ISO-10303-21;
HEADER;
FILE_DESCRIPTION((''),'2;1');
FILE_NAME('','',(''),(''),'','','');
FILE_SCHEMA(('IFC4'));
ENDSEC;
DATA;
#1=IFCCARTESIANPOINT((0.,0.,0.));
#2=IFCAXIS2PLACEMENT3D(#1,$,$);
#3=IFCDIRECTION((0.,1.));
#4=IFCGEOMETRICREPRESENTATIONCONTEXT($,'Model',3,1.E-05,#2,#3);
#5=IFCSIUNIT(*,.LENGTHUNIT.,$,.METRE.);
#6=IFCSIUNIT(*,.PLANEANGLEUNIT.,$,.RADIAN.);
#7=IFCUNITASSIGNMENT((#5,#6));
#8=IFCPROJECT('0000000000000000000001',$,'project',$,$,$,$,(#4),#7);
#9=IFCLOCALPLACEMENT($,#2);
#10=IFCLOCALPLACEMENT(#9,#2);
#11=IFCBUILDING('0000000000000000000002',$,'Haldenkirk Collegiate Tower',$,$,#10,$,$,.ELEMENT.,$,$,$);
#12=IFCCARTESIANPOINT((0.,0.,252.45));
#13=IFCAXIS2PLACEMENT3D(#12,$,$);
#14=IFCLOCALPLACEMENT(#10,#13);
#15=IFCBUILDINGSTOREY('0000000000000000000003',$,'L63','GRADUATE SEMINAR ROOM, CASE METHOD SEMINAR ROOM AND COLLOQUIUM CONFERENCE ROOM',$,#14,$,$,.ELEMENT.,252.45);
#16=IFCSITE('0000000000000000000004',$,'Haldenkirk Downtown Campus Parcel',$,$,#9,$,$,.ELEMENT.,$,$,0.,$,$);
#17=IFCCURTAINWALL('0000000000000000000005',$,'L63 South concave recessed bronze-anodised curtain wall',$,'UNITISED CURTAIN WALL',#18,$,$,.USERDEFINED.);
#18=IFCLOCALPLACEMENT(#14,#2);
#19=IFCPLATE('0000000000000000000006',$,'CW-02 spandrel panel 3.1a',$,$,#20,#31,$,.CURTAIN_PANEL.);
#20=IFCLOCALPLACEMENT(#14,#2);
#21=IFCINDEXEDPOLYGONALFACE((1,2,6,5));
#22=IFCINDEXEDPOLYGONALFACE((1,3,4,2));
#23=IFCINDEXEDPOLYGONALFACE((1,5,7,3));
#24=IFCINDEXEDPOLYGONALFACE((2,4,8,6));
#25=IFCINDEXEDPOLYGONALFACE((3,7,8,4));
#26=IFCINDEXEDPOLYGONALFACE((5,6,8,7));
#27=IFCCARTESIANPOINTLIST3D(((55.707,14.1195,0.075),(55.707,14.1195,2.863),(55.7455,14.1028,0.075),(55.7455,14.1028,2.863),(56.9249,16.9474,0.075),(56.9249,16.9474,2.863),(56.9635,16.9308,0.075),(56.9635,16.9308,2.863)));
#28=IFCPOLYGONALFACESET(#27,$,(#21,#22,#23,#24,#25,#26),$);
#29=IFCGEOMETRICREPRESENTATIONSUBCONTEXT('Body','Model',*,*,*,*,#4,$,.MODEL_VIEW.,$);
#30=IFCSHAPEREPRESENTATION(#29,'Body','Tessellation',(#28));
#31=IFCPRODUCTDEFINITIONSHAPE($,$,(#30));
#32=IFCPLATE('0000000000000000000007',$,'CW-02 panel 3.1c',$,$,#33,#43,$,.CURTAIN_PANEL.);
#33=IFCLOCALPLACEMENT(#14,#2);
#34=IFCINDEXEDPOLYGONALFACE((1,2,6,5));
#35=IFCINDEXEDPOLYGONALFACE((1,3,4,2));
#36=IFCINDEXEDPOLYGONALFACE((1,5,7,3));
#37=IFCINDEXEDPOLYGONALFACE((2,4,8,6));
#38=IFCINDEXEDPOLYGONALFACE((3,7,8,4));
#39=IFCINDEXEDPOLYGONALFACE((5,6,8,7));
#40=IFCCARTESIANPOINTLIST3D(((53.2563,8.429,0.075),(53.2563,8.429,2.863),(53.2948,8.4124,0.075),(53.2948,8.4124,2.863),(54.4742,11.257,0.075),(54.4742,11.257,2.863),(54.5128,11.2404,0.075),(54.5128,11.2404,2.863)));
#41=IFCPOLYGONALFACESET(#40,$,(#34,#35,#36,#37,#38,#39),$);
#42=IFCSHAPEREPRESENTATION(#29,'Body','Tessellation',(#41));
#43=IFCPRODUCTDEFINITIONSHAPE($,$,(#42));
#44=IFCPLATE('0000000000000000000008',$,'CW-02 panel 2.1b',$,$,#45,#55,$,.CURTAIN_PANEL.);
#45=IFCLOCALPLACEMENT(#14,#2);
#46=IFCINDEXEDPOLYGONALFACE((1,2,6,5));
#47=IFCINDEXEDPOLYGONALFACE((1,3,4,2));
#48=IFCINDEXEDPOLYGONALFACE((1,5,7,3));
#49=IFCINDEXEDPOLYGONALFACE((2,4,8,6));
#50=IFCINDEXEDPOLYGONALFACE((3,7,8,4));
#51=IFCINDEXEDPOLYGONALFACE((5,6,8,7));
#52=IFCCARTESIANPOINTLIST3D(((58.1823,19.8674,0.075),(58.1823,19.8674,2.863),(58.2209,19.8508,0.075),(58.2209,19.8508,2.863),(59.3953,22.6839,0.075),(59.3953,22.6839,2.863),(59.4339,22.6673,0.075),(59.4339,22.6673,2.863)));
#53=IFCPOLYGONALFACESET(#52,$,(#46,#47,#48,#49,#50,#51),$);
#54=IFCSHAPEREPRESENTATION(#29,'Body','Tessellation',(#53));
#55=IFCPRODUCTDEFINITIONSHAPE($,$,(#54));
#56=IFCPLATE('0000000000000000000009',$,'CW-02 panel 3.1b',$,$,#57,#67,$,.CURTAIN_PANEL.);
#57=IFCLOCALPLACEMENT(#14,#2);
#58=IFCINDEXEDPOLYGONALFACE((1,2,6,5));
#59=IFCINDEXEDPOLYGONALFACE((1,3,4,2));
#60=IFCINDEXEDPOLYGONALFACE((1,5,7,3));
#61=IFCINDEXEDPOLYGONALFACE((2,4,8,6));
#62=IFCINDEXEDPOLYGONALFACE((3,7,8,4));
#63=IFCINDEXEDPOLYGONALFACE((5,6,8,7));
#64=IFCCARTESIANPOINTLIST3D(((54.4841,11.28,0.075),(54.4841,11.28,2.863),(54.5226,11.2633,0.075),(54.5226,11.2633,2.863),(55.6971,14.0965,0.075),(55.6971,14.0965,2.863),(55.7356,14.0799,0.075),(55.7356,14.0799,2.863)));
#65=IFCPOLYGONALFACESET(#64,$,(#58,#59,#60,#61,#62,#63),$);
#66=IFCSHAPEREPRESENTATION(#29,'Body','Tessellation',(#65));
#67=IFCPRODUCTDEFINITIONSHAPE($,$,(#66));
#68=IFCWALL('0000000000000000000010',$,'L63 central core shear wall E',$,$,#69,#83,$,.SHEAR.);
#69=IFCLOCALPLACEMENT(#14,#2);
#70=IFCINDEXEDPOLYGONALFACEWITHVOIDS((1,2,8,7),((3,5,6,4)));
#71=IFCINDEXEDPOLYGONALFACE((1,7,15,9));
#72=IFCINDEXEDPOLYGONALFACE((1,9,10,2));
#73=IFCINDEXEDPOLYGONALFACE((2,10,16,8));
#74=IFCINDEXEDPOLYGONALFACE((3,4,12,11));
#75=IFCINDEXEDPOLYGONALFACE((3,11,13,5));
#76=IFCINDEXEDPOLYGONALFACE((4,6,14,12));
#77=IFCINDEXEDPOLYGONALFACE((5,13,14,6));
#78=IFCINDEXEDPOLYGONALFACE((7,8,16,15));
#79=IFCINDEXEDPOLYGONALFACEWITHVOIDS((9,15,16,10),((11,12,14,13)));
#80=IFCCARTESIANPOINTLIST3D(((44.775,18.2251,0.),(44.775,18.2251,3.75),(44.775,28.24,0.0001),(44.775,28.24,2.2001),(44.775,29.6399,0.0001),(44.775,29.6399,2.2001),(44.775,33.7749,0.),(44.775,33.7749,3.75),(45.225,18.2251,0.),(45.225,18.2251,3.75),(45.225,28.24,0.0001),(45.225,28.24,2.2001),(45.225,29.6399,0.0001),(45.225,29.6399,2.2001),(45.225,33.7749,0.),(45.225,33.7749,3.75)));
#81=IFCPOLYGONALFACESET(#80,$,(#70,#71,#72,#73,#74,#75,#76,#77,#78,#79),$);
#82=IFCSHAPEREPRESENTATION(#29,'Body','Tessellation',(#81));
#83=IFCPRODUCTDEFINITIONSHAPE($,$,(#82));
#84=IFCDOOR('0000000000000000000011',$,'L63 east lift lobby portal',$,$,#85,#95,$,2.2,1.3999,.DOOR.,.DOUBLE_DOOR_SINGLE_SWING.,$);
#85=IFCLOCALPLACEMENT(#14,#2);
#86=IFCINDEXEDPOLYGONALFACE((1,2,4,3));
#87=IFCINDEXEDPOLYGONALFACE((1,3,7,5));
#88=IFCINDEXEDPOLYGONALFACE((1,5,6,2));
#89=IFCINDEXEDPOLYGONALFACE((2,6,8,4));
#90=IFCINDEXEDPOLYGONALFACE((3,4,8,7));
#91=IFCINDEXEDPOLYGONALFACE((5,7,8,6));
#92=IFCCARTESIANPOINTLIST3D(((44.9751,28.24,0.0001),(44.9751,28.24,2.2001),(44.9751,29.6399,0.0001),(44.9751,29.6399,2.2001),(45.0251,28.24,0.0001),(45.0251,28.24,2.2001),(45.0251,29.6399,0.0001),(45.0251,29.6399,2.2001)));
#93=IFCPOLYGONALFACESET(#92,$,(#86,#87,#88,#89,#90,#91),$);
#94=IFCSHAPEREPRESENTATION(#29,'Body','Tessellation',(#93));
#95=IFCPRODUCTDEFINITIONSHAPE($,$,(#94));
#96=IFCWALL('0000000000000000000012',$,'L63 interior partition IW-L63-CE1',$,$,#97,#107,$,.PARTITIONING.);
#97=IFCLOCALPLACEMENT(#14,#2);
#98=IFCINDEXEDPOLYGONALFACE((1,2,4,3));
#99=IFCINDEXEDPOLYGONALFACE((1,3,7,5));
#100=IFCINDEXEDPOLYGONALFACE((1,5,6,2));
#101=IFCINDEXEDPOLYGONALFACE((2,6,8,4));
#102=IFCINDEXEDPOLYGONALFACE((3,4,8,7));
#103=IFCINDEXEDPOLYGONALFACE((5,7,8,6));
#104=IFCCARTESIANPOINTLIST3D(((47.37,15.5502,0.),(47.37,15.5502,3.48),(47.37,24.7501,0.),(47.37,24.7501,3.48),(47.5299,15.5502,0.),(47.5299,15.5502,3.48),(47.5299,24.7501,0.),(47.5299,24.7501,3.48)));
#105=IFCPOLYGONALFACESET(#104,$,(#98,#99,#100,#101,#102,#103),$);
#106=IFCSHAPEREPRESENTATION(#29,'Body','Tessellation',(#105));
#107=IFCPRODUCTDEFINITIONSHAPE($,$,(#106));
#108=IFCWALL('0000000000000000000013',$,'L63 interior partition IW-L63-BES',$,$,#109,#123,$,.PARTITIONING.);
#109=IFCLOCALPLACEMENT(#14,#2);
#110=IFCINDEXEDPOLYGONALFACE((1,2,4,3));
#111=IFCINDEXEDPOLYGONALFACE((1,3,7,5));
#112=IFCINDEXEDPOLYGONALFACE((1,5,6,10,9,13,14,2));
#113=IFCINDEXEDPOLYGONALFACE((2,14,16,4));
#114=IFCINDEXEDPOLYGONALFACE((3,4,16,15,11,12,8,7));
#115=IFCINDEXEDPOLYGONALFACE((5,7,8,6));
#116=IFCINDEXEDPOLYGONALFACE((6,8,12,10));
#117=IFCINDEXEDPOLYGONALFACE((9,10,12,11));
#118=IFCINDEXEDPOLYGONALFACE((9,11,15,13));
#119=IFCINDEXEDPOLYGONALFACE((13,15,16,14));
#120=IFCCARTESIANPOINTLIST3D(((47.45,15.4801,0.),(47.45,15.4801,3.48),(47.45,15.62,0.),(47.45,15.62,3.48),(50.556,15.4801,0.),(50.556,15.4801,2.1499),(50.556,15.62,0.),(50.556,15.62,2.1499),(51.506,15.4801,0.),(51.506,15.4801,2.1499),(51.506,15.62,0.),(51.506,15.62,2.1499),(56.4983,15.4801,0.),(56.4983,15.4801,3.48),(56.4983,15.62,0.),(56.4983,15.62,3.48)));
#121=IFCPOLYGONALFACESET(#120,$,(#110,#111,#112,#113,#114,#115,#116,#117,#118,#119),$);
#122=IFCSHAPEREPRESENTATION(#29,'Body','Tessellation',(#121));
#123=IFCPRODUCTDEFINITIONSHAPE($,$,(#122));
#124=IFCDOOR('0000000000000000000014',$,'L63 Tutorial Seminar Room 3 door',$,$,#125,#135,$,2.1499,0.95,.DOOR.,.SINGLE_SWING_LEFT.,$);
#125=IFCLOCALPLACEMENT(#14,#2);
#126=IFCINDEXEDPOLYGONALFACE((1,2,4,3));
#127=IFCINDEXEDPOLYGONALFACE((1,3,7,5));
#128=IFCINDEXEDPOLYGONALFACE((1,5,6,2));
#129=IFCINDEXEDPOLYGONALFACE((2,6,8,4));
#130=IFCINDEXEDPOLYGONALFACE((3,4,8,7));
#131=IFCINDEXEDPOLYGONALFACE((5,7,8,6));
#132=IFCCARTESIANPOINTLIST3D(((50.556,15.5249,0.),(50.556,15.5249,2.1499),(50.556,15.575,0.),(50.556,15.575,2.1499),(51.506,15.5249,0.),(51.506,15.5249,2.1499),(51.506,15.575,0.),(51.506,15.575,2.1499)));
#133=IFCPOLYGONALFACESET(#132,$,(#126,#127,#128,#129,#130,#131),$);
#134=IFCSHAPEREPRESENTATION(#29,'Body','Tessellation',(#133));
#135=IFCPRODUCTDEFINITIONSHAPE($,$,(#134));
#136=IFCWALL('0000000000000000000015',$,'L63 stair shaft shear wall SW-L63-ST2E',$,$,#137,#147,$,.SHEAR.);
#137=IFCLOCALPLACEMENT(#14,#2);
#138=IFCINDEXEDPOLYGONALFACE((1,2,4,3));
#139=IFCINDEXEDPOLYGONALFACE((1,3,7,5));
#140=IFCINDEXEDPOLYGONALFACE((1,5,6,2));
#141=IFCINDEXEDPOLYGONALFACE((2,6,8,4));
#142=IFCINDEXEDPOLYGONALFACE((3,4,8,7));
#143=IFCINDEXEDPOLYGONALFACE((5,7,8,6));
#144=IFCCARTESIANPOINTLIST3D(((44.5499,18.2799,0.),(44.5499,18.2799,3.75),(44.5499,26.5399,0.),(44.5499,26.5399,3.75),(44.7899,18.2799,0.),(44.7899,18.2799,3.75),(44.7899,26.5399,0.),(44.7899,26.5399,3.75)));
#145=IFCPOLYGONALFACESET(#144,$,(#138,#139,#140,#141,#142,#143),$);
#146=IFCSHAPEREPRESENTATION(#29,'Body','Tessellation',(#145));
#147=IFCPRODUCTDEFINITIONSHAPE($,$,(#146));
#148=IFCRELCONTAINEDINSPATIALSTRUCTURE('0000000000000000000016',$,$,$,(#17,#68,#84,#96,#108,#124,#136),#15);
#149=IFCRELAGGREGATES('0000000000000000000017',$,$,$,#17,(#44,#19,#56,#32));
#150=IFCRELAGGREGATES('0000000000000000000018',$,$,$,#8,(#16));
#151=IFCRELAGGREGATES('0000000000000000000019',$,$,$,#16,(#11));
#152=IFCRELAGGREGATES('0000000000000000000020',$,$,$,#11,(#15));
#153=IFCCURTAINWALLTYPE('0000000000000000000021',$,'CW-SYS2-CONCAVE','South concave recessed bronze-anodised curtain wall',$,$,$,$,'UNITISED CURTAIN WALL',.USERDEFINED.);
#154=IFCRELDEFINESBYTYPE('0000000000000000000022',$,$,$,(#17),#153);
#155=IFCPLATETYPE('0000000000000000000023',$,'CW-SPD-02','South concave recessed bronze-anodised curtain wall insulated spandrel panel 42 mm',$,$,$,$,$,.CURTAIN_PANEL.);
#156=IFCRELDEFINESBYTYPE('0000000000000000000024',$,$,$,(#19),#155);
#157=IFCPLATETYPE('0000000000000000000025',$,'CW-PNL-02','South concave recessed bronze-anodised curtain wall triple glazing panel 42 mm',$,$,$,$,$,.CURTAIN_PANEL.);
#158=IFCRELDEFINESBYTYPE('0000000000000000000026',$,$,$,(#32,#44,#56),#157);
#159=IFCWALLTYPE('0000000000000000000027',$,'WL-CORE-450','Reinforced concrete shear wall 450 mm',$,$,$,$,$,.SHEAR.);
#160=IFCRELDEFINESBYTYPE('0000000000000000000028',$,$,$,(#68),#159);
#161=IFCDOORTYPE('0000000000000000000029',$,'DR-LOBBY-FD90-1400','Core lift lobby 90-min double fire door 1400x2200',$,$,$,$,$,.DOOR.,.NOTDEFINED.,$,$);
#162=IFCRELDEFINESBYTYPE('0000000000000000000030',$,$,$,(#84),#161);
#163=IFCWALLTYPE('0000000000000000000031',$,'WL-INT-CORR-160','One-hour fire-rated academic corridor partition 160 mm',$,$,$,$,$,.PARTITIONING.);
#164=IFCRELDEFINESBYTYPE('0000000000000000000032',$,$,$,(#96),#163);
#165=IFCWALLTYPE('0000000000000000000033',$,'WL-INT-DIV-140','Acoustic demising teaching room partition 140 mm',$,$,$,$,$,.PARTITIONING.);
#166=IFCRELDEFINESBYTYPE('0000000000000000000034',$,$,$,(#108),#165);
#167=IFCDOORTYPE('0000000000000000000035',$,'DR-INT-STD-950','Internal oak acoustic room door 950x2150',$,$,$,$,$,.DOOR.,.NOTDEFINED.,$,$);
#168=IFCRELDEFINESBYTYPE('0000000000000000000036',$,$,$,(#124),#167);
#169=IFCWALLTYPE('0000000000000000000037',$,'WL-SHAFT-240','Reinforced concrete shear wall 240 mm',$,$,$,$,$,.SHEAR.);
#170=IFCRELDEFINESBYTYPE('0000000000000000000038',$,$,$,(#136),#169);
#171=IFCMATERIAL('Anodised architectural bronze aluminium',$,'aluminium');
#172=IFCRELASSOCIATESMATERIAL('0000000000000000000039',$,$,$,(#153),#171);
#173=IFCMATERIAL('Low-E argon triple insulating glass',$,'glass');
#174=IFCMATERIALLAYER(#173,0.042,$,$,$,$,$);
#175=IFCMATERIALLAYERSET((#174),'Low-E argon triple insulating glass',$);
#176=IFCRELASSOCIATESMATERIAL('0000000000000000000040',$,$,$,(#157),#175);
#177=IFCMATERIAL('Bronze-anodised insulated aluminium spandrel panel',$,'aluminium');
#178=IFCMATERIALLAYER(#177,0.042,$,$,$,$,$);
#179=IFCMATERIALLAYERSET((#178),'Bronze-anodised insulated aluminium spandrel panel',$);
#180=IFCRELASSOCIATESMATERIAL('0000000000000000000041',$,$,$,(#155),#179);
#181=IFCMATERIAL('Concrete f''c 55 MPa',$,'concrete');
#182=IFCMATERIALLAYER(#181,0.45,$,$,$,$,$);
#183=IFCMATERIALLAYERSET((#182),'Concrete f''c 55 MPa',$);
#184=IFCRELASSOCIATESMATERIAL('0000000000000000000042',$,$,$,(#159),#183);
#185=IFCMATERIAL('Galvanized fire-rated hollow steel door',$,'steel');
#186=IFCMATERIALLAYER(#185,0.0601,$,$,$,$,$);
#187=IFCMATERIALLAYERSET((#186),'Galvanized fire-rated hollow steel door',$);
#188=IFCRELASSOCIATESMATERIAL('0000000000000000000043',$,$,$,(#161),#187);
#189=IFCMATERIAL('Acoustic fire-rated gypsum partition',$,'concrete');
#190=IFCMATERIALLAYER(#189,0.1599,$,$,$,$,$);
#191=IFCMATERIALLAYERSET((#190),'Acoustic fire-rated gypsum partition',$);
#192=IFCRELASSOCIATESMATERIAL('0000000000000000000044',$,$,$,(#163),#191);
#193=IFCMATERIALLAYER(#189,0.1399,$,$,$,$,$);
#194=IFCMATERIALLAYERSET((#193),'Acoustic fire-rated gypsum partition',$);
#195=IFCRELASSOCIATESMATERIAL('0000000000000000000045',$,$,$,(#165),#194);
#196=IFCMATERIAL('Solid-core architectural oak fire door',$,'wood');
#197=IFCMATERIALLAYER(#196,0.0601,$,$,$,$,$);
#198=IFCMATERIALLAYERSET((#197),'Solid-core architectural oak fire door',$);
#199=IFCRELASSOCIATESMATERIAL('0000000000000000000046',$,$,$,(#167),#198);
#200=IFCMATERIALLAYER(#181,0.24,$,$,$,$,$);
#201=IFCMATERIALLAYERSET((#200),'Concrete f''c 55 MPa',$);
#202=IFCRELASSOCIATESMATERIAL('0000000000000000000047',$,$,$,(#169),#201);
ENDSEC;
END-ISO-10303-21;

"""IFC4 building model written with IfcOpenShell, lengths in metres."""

from ifc_helpers import new_model, si_unit, direction, frame, frame_2d, origin, origin_2d, place, context, subcontext, project, spatial, rectangle, extrude, source, transform, mapped, material, layer, layer_set, type_object, element, fill, aggregate, save


model = new_model("IFC4")

# Units and contexts
model_context = context("Model", 3, precision=1e-05, world=origin(), true_north=direction((0.0, 1.0)))
body_context = subcontext(model_context, "Body", "Model", "MODEL_VIEW")
ifc_project = project(units=[si_unit("LENGTHUNIT", "METRE"), si_unit("PLANEANGLEUNIT", "RADIAN")], contexts=[model_context])

# Site, building, storey
site_placement = place(None, origin())
site = spatial("IfcSite", under=ifc_project, at=site_placement, Name="Haldenkirk Downtown Campus Parcel", CompositionType="ELEMENT", RefElevation=0.0)
building_placement = place(site_placement, origin())
building = spatial("IfcBuilding", under=site, at=building_placement, Name="Haldenkirk Collegiate Tower", CompositionType="ELEMENT")
storey_placement = place(building_placement, frame((0.0, 0.0, 252.45)))
storey = spatial("IfcBuildingStorey", under=building, at=storey_placement, Name="L63", Description="GRADUATE SEMINAR ROOM, CASE METHOD SEMINAR ROOM AND COLLOQUIUM CONFERENCE ROOM", CompositionType="ELEMENT", Elevation=252.45)

# Curtain wall
ifc_material_1 = material(Name="Anodised architectural bronze aluminium", Category="aluminium")
curtain_wall_type = type_object("IfcCurtainWallType", Name="CW-SYS2-CONCAVE", Description="South concave recessed bronze-anodised curtain wall", ElementType="UNITISED CURTAIN WALL", PredefinedType="USERDEFINED", material=ifc_material_1)
curtain_wall_placement = place(storey_placement, origin())
curtain_wall = element("IfcCurtainWall", 1, at=curtain_wall_placement, inside=storey, type_object=curtain_wall_type, Name="L63 South concave recessed bronze-anodised curtain wall", ObjectType="UNITISED CURTAIN WALL", PredefinedType="USERDEFINED")

# Plates
ifc_material_2 = material(Name="Low-E argon triple insulating glass", Category="glass")
ifc_layer_1 = layer(ifc_material_2, 0.042)
ifc_layer_set_1 = layer_set([ifc_layer_1], Name="Low-E argon triple insulating glass")
plate_type_1 = type_object("IfcPlateType", Name="CW-PNL-02", Description="South concave recessed bronze-anodised curtain wall triple glazing panel 42 mm", PredefinedType="CURTAIN_PANEL", material=ifc_layer_set_1)
shared_shape_1 = source(origin(), body_context, "Body", "SweptSolid", [
    extrude(rectangle(XDim=3.0791, YDim=0.042, at=origin_2d()), origin(), (0.0, 0.0, 1.0), 2.7881),
])
ifc_material_3 = material(Name="Bronze-anodised insulated aluminium spandrel panel", Category="aluminium")
ifc_layer_2 = layer(ifc_material_3, 0.042)
ifc_layer_set_2 = layer_set([ifc_layer_2], Name="Bronze-anodised insulated aluminium spandrel panel")
plate_type_2 = type_object("IfcPlateType", Name="CW-SPD-02", Description="South concave recessed bronze-anodised curtain wall insulated spandrel panel 42 mm", PredefinedType="CURTAIN_PANEL", material=ifc_layer_set_2)
plate_1_placement = place(storey_placement, frame((56.3352, 15.5251, 0.075), z_axis=(0.0, 0.0, 1.0), x_axis=(-0.395545, -0.918446, 0.0)))
plate_1 = element("IfcPlate", 2, at=plate_1_placement, type_object=plate_type_2, Name="CW-02 spandrel panel 3.1a", PredefinedType="CURTAIN_PANEL", context=body_context, shape_type="MappedRepresentation", body=[
    mapped(shared_shape_1, transform((0.0, 0.0, 0.0), x_axis=(1.0, 0.0, 0.0), y_axis=(0.0, 1.0, 0.0), z_axis=(0.0, 0.0, 1.0), scale=1.0)),
])
plate_2_placement = place(storey_placement, frame((53.8845, 9.8347, 0.075), z_axis=(0.0, 0.0, 1.0), x_axis=(-0.395545, -0.918446, 0.0)))
plate_2 = element("IfcPlate", 3, at=plate_2_placement, type_object=plate_type_1, Name="CW-02 panel 3.1c", PredefinedType="CURTAIN_PANEL", context=body_context, shape_type="MappedRepresentation", body=[
    mapped(shared_shape_1, transform((0.0, 0.0, 0.0), x_axis=(1.0, 0.0, 0.0), y_axis=(0.0, 1.0, 0.0), z_axis=(0.0, 0.0, 1.0), scale=1.0)),
])
shared_shape_2 = source(origin(), body_context, "Body", "SweptSolid", [
    extrude(rectangle(XDim=3.0667, YDim=0.042, at=origin_2d()), origin(), (0.0, 0.0, 1.0), 2.7881),
])
plate_3_placement = place(storey_placement, frame((58.8081, 21.2673, 0.075), z_axis=(0.0, 0.0, 1.0), x_axis=(-0.395545, -0.918446, 0.0)))
plate_3 = element("IfcPlate", 4, at=plate_3_placement, type_object=plate_type_1, Name="CW-02 panel 2.1b", PredefinedType="CURTAIN_PANEL", context=body_context, shape_type="MappedRepresentation", body=[
    mapped(shared_shape_2, transform((0.0, 0.0, 0.0), x_axis=(1.0, 0.0, 0.0), y_axis=(0.0, 1.0, 0.0), z_axis=(0.0, 0.0, 1.0), scale=1.0)),
])
plate_4_placement = place(storey_placement, frame((55.1099, 12.6799, 0.075), z_axis=(0.0, 0.0, 1.0), x_axis=(-0.395545, -0.918446, 0.0)))
plate_4 = element("IfcPlate", 5, at=plate_4_placement, type_object=plate_type_1, Name="CW-02 panel 3.1b", PredefinedType="CURTAIN_PANEL", context=body_context, shape_type="MappedRepresentation", body=[
    mapped(shared_shape_2, transform((0.0, 0.0, 0.0), x_axis=(1.0, 0.0, 0.0), y_axis=(0.0, 1.0, 0.0), z_axis=(0.0, 0.0, 1.0), scale=1.0)),
])
aggregate(curtain_wall, [plate_3, plate_1, plate_4, plate_2])

# Wall, opening, door
ifc_material_4 = material(Name="Concrete f'c 55 MPa", Category="concrete")
ifc_layer_3 = layer(ifc_material_4, 0.45)
ifc_layer_set_3 = layer_set([ifc_layer_3], Name="Concrete f'c 55 MPa")
wall_type_1 = type_object("IfcWallType", Name="WL-CORE-450", Description="Reinforced concrete shear wall 450 mm", PredefinedType="SHEAR", material=ifc_layer_set_3)
wall_1_placement = place(storey_placement, frame((45.0, 18.2251, 0.0), z_axis=(0.0, 0.0, 1.0), x_axis=(0.0, 1.0, 0.0)))
wall_1 = element("IfcWall", 6, at=wall_1_placement, inside=storey, type_object=wall_type_1, Name="L63 central core shear wall E", PredefinedType="SHEAR", context=body_context, shape_type="SweptSolid", body=[
    extrude(rectangle(XDim=15.5498, YDim=0.45, at=frame_2d((7.7749, 0.0))), origin(), (0.0, 0.0, 1.0), 3.75),
])
opening_1_placement = place(wall_1_placement, frame((10.0149, 0.0, 0.0)))
opening_1 = element("IfcOpeningElement", 7, at=opening_1_placement, cuts=wall_1, PredefinedType="OPENING", context=body_context, shape_type="SweptSolid", body=[
    extrude(rectangle(XDim=1.3999, YDim=2.2, at=frame_2d((0.7, 1.1001))), frame((0.0, 0.2349, 0.0), z_axis=(0.0, -1.0, 0.0), x_axis=(1.0, 0.0, 0.0)), (0.0, 0.0, 1.0), 0.47),
])
ifc_material_5 = material(Name="Galvanized fire-rated hollow steel door", Category="steel")
ifc_layer_4 = layer(ifc_material_5, 0.0601)
ifc_layer_set_4 = layer_set([ifc_layer_4], Name="Galvanized fire-rated hollow steel door")
door_type_1 = type_object("IfcDoorType", Name="DR-LOBBY-FD90-1400", Description="Core lift lobby 90-min double fire door 1400x2200", OperationType="NOTDEFINED", PredefinedType="DOOR", material=ifc_layer_set_4)
door_1_placement = place(opening_1_placement, origin())
door_1 = element("IfcDoor", 8, at=door_1_placement, inside=storey, type_object=door_type_1, Name="L63 east lift lobby portal", OperationType="DOUBLE_DOOR_SINGLE_SWING", OverallHeight=2.2, OverallWidth=1.3999, PredefinedType="DOOR", context=body_context, shape_type="SweptSolid", body=[
    extrude(rectangle(XDim=1.3999, YDim=2.2, at=frame_2d((0.7, 1.1001))), frame((0.0, 0.0249, 0.0), z_axis=(0.0, -1.0, 0.0), x_axis=(1.0, 0.0, 0.0)), (0.0, 0.0, 1.0), 0.05),
])
fill(opening_1, door_1)

# Wall
ifc_material_6 = material(Name="Acoustic fire-rated gypsum partition", Category="concrete")
ifc_layer_5 = layer(ifc_material_6, 0.1599)
ifc_layer_set_5 = layer_set([ifc_layer_5], Name="Acoustic fire-rated gypsum partition")
wall_type_2 = type_object("IfcWallType", Name="WL-INT-CORR-160", Description="One-hour fire-rated academic corridor partition 160 mm", PredefinedType="PARTITIONING", material=ifc_layer_set_5)
wall_2_placement = place(storey_placement, frame((47.45, 15.55, 0.0), z_axis=(0.0, 0.0, 1.0), x_axis=(0.0, 1.0, 0.0)))
element("IfcWall", 9, at=wall_2_placement, inside=storey, type_object=wall_type_2, Name="L63 interior partition IW-L63-CE1", PredefinedType="PARTITIONING", context=body_context, shape_type="SweptSolid", body=[
    extrude(rectangle(XDim=9.2, YDim=0.1599, at=frame_2d((4.6001, 0.0))), origin(), (0.0, 0.0, 1.0), 3.48),
])

# Wall, opening, door
ifc_layer_6 = layer(ifc_material_6, 0.1399)
ifc_layer_set_6 = layer_set([ifc_layer_6], Name="Acoustic fire-rated gypsum partition")
wall_type_3 = type_object("IfcWallType", Name="WL-INT-DIV-140", Description="Acoustic demising teaching room partition 140 mm", PredefinedType="PARTITIONING", material=ifc_layer_set_6)
wall_3_placement = place(storey_placement, frame((47.45, 15.55, 0.0), z_axis=(0.0, 0.0, 1.0), x_axis=(1.0, 0.0, 0.0)))
wall_3 = element("IfcWall", 10, at=wall_3_placement, inside=storey, type_object=wall_type_3, Name="L63 interior partition IW-L63-BES", PredefinedType="PARTITIONING", context=body_context, shape_type="SweptSolid", body=[
    extrude(rectangle(XDim=9.0483, YDim=0.1399, at=frame_2d((4.5242, 0.0))), origin(), (0.0, 0.0, 1.0), 3.48),
])
opening_2_placement = place(wall_3_placement, frame((3.106, 0.0, 0.0)))
opening_2 = element("IfcOpeningElement", 11, at=opening_2_placement, cuts=wall_3, PredefinedType="OPENING", context=body_context, shape_type="SweptSolid", body=[
    extrude(rectangle(XDim=0.95, YDim=2.1499, at=frame_2d((0.4751, 1.075))), frame((0.0, 0.0798, 0.0), z_axis=(0.0, -1.0, 0.0), x_axis=(1.0, 0.0, 0.0)), (0.0, 0.0, 1.0), 0.1599),
])
ifc_material_7 = material(Name="Solid-core architectural oak fire door", Category="wood")
ifc_layer_7 = layer(ifc_material_7, 0.0601)
ifc_layer_set_7 = layer_set([ifc_layer_7], Name="Solid-core architectural oak fire door")
door_type_2 = type_object("IfcDoorType", Name="DR-INT-STD-950", Description="Internal oak acoustic room door 950x2150", OperationType="NOTDEFINED", PredefinedType="DOOR", material=ifc_layer_set_7)
door_2_placement = place(opening_2_placement, origin())
door_2 = element("IfcDoor", 12, at=door_2_placement, inside=storey, type_object=door_type_2, Name="L63 Tutorial Seminar Room 3 door", OperationType="SINGLE_SWING_LEFT", OverallHeight=2.1499, OverallWidth=0.95, PredefinedType="DOOR", context=body_context, shape_type="SweptSolid", body=[
    extrude(rectangle(XDim=0.95, YDim=2.1499, at=frame_2d((0.4751, 1.075))), frame((0.0, 0.0249, 0.0), z_axis=(0.0, -1.0, 0.0), x_axis=(1.0, 0.0, 0.0)), (0.0, 0.0, 1.0), 0.05),
])
fill(opening_2, door_2)

# Wall
ifc_layer_8 = layer(ifc_material_4, 0.24)
ifc_layer_set_8 = layer_set([ifc_layer_8], Name="Concrete f'c 55 MPa")
wall_type_4 = type_object("IfcWallType", Name="WL-SHAFT-240", Description="Reinforced concrete shear wall 240 mm", PredefinedType="SHEAR", material=ifc_layer_set_8)
wall_4_placement = place(storey_placement, frame((44.6699, 18.28, 0.0), z_axis=(0.0, 0.0, 1.0), x_axis=(0.0, 1.0, 0.0)))
element("IfcWall", 13, at=wall_4_placement, inside=storey, type_object=wall_type_4, Name="L63 stair shaft shear wall SW-L63-ST2E", PredefinedType="SHEAR", context=body_context, shape_type="SweptSolid", body=[
    extrude(rectangle(XDim=8.26, YDim=0.24, at=frame_2d((4.1299, 0.0))), origin(), (0.0, 0.0, 1.0), 3.75),
])

save(model, "model.ifc")
